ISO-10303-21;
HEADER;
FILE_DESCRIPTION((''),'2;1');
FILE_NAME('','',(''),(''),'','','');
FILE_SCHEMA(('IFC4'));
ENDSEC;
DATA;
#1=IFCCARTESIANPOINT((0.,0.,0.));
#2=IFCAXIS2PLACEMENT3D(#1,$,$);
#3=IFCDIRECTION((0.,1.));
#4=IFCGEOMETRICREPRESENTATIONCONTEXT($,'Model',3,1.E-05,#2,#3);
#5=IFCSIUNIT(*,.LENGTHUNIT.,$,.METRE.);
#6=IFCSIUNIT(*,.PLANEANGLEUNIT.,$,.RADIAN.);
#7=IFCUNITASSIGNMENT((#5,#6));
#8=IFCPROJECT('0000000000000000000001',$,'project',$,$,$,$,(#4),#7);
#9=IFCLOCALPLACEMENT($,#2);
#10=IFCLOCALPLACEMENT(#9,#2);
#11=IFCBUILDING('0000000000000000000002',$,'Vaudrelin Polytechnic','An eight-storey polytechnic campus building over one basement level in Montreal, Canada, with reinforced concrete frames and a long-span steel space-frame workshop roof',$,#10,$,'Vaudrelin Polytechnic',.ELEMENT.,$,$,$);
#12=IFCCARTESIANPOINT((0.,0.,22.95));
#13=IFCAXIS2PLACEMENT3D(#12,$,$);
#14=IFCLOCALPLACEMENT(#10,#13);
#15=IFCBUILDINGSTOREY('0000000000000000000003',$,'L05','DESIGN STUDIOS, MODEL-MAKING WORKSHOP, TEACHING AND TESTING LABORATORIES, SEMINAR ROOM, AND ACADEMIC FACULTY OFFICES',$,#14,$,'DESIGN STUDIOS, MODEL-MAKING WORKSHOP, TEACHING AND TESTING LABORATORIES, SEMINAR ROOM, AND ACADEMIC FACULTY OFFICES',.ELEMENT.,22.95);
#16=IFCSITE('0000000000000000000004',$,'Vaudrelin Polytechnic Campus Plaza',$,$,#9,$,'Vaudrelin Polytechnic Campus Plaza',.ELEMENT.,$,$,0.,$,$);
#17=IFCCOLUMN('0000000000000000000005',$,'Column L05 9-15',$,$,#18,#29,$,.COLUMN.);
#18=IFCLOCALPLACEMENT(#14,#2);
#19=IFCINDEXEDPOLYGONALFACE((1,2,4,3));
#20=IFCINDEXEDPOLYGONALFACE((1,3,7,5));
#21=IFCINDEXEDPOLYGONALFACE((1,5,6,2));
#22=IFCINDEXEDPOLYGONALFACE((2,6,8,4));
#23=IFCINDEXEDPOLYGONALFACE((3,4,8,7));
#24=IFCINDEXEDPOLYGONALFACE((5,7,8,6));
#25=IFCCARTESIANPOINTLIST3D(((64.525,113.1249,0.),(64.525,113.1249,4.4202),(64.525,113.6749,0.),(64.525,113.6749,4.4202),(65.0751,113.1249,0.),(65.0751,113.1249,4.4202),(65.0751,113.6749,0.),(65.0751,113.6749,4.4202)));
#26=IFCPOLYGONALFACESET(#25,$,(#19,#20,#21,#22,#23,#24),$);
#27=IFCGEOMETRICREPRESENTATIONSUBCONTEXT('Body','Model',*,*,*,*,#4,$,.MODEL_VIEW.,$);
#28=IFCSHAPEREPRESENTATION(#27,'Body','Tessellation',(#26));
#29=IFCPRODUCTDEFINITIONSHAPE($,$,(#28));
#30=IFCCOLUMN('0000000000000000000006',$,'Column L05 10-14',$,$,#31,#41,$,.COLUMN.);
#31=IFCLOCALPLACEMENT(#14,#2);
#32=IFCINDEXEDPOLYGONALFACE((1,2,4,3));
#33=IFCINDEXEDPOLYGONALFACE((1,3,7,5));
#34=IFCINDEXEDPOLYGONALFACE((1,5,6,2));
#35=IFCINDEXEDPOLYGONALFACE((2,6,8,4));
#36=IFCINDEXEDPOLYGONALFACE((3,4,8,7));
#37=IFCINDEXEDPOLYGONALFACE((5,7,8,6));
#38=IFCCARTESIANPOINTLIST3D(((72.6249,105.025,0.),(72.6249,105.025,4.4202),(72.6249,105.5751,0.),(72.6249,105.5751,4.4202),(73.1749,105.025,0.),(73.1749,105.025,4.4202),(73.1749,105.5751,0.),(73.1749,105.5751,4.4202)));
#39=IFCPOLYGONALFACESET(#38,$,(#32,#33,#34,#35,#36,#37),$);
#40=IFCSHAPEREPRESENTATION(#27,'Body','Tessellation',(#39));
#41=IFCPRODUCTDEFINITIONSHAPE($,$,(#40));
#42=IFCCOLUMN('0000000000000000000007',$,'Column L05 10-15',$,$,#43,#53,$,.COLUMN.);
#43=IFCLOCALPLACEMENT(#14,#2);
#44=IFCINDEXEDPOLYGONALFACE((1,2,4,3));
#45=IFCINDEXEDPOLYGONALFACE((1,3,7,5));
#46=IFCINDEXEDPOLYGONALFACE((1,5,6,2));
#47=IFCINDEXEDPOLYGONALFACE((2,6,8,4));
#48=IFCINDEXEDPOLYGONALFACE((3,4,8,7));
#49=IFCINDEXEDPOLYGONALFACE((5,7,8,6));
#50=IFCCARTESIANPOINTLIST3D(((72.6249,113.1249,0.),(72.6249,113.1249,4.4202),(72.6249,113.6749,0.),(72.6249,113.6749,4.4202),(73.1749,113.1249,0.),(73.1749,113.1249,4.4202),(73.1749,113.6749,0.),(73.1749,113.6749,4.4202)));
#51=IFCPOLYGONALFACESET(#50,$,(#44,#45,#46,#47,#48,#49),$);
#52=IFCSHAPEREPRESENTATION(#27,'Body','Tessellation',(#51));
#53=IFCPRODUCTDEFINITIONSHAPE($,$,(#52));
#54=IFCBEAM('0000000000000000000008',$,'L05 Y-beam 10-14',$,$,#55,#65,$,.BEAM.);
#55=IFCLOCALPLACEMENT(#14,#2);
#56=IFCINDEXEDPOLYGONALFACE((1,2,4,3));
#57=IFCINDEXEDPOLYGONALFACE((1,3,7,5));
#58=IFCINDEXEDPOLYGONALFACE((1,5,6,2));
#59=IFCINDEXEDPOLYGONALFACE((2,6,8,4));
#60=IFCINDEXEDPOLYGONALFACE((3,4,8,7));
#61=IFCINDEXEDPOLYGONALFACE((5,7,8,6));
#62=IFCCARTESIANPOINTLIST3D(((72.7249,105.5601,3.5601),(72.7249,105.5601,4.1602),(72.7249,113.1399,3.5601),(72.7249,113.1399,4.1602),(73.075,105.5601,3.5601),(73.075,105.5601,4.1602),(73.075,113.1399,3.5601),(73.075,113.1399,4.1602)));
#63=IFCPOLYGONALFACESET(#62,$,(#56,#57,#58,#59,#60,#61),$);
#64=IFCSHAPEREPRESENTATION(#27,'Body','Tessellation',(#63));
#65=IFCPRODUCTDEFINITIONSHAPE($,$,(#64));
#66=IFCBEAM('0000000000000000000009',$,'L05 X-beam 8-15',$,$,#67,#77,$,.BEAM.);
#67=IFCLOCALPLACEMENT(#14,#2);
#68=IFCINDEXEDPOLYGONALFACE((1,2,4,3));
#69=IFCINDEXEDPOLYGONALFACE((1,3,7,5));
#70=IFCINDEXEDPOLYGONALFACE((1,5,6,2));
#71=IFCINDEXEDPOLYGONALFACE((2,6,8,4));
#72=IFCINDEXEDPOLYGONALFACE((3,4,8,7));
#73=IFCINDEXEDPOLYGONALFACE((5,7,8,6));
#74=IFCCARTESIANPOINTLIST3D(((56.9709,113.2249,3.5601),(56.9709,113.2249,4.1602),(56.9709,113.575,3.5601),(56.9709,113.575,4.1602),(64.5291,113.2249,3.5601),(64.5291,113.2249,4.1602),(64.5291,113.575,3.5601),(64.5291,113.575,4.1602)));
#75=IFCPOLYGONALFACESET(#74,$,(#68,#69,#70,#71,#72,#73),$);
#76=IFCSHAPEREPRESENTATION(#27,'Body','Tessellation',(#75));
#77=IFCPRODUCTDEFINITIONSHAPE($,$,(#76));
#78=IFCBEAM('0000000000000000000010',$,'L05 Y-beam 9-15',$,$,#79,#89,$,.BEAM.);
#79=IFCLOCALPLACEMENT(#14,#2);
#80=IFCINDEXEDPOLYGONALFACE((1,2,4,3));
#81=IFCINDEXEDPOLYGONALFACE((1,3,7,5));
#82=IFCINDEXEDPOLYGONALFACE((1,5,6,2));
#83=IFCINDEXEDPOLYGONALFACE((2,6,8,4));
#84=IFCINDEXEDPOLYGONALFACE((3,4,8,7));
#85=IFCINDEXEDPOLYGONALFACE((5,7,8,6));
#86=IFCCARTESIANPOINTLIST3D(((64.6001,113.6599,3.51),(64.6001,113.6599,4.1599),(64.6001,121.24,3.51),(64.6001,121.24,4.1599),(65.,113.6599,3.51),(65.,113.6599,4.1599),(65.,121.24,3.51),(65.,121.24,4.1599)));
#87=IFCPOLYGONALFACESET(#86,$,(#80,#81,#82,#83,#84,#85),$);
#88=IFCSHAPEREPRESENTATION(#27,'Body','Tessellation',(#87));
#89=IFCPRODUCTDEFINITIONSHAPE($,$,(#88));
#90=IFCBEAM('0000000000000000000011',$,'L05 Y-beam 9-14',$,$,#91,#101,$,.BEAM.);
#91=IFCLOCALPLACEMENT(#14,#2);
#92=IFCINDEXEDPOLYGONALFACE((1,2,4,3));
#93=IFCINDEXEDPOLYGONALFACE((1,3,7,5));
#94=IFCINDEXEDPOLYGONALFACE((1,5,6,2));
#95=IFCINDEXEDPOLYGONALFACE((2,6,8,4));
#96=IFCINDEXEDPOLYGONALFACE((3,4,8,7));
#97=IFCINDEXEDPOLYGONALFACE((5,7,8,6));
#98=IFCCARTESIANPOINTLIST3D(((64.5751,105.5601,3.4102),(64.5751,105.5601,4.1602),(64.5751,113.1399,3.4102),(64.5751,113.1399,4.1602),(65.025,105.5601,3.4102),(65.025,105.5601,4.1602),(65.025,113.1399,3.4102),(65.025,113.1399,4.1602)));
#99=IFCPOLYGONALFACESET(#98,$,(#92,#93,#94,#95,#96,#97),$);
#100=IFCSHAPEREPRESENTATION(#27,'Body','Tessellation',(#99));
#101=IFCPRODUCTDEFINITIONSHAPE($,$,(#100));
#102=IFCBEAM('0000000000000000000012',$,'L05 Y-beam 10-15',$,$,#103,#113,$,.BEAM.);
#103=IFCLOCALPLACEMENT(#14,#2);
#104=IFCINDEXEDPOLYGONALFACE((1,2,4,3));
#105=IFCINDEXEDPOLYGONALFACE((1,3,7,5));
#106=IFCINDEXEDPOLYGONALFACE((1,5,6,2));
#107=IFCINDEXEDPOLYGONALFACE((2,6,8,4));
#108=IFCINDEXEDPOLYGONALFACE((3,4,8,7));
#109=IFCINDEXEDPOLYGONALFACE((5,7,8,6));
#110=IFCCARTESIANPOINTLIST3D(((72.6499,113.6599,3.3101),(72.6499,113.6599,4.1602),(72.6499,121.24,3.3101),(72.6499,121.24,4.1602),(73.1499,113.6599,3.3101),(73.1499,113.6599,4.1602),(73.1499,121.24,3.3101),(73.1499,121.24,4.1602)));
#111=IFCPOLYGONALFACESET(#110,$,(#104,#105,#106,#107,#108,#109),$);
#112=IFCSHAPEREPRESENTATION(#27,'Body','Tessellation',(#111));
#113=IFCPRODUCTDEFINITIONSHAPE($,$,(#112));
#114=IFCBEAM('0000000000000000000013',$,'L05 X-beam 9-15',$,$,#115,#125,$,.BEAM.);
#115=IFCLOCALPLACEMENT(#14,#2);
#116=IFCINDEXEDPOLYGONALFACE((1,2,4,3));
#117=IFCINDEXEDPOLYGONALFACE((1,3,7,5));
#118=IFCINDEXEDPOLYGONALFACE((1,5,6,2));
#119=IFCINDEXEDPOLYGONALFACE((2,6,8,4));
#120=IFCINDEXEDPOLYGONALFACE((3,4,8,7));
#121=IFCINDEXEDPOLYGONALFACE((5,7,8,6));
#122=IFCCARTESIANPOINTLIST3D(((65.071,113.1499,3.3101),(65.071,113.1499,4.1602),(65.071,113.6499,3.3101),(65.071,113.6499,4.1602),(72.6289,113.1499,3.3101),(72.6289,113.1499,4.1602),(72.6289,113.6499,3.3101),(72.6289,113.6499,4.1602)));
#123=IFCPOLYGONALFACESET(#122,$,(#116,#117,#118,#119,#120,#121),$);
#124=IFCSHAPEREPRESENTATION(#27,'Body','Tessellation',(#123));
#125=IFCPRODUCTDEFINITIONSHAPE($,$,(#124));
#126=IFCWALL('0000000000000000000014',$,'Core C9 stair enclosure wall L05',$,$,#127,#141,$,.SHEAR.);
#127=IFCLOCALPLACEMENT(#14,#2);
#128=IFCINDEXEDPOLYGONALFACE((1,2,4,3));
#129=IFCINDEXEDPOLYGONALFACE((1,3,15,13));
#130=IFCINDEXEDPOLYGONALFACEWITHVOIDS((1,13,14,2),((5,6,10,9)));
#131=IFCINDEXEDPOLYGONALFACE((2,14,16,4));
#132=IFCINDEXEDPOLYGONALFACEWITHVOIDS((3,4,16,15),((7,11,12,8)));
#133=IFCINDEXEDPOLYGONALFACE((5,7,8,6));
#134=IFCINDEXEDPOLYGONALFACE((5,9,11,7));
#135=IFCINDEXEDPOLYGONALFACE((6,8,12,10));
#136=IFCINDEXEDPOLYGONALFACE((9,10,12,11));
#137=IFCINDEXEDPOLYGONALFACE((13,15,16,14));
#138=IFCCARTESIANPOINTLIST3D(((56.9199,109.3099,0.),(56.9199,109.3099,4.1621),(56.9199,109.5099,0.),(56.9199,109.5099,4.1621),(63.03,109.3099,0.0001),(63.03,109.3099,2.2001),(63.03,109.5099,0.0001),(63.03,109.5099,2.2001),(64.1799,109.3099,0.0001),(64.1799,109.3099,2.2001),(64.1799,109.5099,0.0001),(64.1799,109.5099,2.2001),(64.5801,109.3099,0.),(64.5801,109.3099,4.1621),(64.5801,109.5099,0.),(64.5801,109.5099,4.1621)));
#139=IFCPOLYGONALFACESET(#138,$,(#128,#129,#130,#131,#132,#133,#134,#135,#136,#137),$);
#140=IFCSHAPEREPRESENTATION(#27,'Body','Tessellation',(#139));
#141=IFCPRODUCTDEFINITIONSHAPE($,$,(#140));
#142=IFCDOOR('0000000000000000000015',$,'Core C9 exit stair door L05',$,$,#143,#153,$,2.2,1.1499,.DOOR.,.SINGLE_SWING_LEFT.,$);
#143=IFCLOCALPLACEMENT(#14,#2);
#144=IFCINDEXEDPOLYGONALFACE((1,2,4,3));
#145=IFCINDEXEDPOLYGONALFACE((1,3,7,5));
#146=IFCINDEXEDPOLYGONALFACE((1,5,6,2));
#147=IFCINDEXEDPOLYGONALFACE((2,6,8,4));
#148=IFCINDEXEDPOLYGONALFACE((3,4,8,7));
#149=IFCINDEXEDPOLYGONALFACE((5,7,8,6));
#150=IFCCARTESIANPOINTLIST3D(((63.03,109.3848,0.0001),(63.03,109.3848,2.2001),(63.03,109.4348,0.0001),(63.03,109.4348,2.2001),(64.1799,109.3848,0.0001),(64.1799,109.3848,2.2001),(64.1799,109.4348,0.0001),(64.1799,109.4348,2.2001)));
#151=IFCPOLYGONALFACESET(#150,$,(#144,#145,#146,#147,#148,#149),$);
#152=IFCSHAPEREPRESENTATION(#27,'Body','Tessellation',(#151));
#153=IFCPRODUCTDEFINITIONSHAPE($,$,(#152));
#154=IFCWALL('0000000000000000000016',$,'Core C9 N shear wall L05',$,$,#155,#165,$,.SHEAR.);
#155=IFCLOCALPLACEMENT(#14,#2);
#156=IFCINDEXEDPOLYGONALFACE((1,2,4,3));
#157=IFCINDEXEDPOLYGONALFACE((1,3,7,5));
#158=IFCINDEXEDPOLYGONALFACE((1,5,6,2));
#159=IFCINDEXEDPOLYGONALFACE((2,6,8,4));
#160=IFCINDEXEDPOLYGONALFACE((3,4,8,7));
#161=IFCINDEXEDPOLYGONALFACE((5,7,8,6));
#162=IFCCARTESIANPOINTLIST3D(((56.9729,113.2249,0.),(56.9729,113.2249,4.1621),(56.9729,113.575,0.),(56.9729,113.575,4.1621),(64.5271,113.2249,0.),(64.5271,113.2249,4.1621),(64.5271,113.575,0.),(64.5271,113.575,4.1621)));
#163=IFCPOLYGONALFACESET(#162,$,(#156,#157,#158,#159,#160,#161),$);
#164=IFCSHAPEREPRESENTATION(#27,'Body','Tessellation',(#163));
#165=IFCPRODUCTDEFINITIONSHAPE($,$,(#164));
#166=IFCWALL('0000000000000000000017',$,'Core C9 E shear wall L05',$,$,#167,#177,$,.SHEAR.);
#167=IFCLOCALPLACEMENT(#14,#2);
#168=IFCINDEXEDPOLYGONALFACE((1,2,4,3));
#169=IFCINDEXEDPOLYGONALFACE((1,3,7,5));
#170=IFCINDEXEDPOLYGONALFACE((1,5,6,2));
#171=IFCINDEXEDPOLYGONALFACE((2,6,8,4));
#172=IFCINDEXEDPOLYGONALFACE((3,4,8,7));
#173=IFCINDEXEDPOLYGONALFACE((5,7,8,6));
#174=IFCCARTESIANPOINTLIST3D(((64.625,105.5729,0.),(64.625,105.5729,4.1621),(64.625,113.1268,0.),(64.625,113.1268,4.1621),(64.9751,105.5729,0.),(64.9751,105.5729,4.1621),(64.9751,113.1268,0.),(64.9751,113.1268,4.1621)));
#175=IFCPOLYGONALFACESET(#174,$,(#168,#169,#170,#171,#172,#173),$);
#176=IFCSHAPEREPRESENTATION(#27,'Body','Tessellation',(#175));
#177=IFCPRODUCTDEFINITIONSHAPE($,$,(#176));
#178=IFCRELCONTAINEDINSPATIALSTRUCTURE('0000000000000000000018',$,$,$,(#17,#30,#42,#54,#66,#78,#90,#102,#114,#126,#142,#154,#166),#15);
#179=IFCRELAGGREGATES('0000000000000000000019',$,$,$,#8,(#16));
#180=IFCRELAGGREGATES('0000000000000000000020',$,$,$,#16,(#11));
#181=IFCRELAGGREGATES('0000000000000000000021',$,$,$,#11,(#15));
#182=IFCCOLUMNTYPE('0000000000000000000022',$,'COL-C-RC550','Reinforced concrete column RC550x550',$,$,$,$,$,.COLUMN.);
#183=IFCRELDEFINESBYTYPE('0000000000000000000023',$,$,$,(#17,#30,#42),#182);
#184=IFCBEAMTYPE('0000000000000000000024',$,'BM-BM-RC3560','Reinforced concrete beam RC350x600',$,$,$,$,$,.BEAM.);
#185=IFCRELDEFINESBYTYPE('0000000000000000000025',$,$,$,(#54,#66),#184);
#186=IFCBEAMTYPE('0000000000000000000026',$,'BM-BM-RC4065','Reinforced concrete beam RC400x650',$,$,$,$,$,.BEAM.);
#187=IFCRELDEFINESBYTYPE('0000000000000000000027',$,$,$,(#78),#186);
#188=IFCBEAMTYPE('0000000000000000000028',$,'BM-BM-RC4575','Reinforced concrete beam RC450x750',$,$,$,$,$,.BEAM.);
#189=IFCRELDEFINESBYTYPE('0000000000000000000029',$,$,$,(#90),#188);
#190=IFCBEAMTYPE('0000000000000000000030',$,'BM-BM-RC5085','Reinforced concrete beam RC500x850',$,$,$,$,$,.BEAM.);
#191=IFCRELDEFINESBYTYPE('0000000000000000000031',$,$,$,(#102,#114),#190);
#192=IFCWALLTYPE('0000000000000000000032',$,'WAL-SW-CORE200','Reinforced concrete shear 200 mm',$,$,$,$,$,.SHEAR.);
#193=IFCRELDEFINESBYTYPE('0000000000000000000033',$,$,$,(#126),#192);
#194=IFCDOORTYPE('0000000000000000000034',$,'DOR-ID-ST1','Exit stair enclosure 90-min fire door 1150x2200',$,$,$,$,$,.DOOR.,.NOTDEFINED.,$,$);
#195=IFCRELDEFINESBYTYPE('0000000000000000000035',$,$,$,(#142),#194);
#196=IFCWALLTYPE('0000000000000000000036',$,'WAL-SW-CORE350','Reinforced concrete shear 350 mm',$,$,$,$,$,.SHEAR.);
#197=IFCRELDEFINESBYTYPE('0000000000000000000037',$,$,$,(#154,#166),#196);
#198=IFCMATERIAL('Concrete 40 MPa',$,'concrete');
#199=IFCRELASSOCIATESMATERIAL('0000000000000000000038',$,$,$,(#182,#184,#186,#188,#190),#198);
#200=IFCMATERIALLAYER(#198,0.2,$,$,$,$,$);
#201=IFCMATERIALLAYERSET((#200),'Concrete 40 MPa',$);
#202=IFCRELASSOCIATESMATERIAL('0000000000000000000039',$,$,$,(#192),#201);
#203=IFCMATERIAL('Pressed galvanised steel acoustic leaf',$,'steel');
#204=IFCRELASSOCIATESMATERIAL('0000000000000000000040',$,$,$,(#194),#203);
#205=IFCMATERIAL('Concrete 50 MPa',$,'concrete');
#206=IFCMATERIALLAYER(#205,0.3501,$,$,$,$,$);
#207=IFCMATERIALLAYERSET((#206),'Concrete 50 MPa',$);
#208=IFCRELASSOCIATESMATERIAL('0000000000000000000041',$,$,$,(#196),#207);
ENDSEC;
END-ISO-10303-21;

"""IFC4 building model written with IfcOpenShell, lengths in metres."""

from ifc_helpers import new_model, si_unit, direction, frame, frame_2d, origin, origin_2d, place, context, subcontext, project, spatial, rectangle, extrude, material, layer, layer_set, material_profile, profile_set, type_object, element, fill, save


model = new_model("IFC4")

# Units and contexts
model_context = context("Model", 3, precision=1e-05, world=origin(), true_north=direction((0.0, 1.0)))
body_context = subcontext(model_context, "Body", "Model", "MODEL_VIEW")
ifc_project = project(units=[si_unit("LENGTHUNIT", "METRE"), si_unit("PLANEANGLEUNIT", "RADIAN")], contexts=[model_context])

# Site, building, storey
site_placement = place(None, origin())
site = spatial("IfcSite", under=ifc_project, at=site_placement, Name="Vaudrelin Polytechnic Campus Plaza", LongName="Vaudrelin Polytechnic Campus Plaza", CompositionType="ELEMENT", RefElevation=0.0)
building_placement = place(site_placement, origin())
building = spatial("IfcBuilding", under=site, at=building_placement, Name="Vaudrelin Polytechnic", Description="An eight-storey polytechnic campus building over one basement level in Montreal, Canada, with reinforced concrete frames and a long-span steel space-frame workshop roof", LongName="Vaudrelin Polytechnic", CompositionType="ELEMENT")
storey_placement = place(building_placement, frame((0.0, 0.0, 22.95)))
storey = spatial("IfcBuildingStorey", under=building, at=storey_placement, Name="L05", Description="DESIGN STUDIOS, MODEL-MAKING WORKSHOP, TEACHING AND TESTING LABORATORIES, SEMINAR ROOM, AND ACADEMIC FACULTY OFFICES", LongName="DESIGN STUDIOS, MODEL-MAKING WORKSHOP, TEACHING AND TESTING LABORATORIES, SEMINAR ROOM, AND ACADEMIC FACULTY OFFICES", CompositionType="ELEMENT", Elevation=22.95)

# Columns
ifc_material_1 = material(Name="Concrete 40 MPa", Category="concrete")
ifc_material_profile_1 = material_profile(ifc_material_1, rectangle(XDim=0.55, YDim=0.55, at=origin_2d()), Name="RC550x550")
ifc_profile_set_1 = profile_set([ifc_material_profile_1], Name="Concrete 40 MPa")
column_type = type_object("IfcColumnType", Name="COL-C-RC550", Description="Reinforced concrete column RC550x550", PredefinedType="COLUMN", material=ifc_profile_set_1)
for number, where, z_axis, x_axis, name in (
    (1, (64.8, 113.3999, 0.0), (0.0, 0.0, 1.0), (1.0, 0.0, 0.0), "Column L05 9-15"),
    (2, (72.8999, 105.3, 0.0), (0.0, 0.0, 1.0), (1.0, 0.0, 0.0), "Column L05 10-14"),
    (3, (72.8999, 113.3999, 0.0), (0.0, 0.0, 1.0), (1.0, 0.0, 0.0), "Column L05 10-15"),
):
    element("IfcColumn", number, at=place(storey_placement, frame(where, z_axis=z_axis, x_axis=x_axis)), inside=storey, type_object=column_type, Name=name, PredefinedType="COLUMN", context=body_context, shape_type="SweptSolid", body=[
        extrude(rectangle(XDim=0.55, YDim=0.55, at=origin_2d()), origin(), (0.0, 0.0, 1.0), 4.4202),
    ])

# Beams
ifc_material_profile_2 = material_profile(ifc_material_1, rectangle(XDim=0.3501, YDim=0.6001, at=origin_2d()), Name="RC350x600")
ifc_profile_set_2 = profile_set([ifc_material_profile_2], Name="Concrete 40 MPa")
beam_type_1 = type_object("IfcBeamType", Name="BM-BM-RC3560", Description="Reinforced concrete beam RC350x600", PredefinedType="BEAM", material=ifc_profile_set_2)
beam_1_placement = place(storey_placement, frame((72.8999, 105.5601, 3.8601), z_axis=(0.0, 1.0, 0.0), x_axis=(-1.0, 0.0, 0.0)))
element("IfcBeam", 4, at=beam_1_placement, inside=storey, type_object=beam_type_1, Name="L05 Y-beam 10-14", PredefinedType="BEAM", context=body_context, shape_type="SweptSolid", body=[
    extrude(rectangle(XDim=0.3501, YDim=0.6001, at=origin_2d()), origin(), (0.0, 0.0, 1.0), 7.5798),
])
beam_2_placement = place(storey_placement, frame((56.9709, 113.3999, 3.8601), z_axis=(1.0, 0.0, 0.0), x_axis=(0.0, 1.0, 0.0)))
element("IfcBeam", 5, at=beam_2_placement, inside=storey, type_object=beam_type_1, Name="L05 X-beam 8-15", PredefinedType="BEAM", context=body_context, shape_type="SweptSolid", body=[
    extrude(rectangle(XDim=0.3501, YDim=0.6001, at=origin_2d()), origin(), (0.0, 0.0, 1.0), 7.5581),
])
ifc_material_profile_3 = material_profile(ifc_material_1, rectangle(XDim=0.3999, YDim=0.6499, at=origin_2d()), Name="RC400x650")
ifc_profile_set_3 = profile_set([ifc_material_profile_3], Name="Concrete 40 MPa")
beam_type_2 = type_object("IfcBeamType", Name="BM-BM-RC4065", Description="Reinforced concrete beam RC400x650", PredefinedType="BEAM", material=ifc_profile_set_3)
beam_3_placement = place(storey_placement, frame((64.8, 113.6599, 3.835), z_axis=(0.0, 1.0, 0.0), x_axis=(-1.0, 0.0, 0.0)))
element("IfcBeam", 6, at=beam_3_placement, inside=storey, type_object=beam_type_2, Name="L05 Y-beam 9-15", PredefinedType="BEAM", context=body_context, shape_type="SweptSolid", body=[
    extrude(rectangle(XDim=0.3999, YDim=0.6499, at=origin_2d()), origin(), (0.0, 0.0, 1.0), 7.5801),
])
ifc_material_profile_4 = material_profile(ifc_material_1, rectangle(XDim=0.45, YDim=0.75, at=origin_2d()), Name="RC450x750")
ifc_profile_set_4 = profile_set([ifc_material_profile_4], Name="Concrete 40 MPa")
beam_type_3 = type_object("IfcBeamType", Name="BM-BM-RC4575", Description="Reinforced concrete beam RC450x750", PredefinedType="BEAM", material=ifc_profile_set_4)
beam_4_placement = place(storey_placement, frame((64.8, 105.5601, 3.7852), z_axis=(0.0, 1.0, 0.0), x_axis=(-1.0, 0.0, 0.0)))
element("IfcBeam", 7, at=beam_4_placement, inside=storey, type_object=beam_type_3, Name="L05 Y-beam 9-14", PredefinedType="BEAM", context=body_context, shape_type="SweptSolid", body=[
    extrude(rectangle(XDim=0.45, YDim=0.75, at=origin_2d()), origin(), (0.0, 0.0, 1.0), 7.5798),
])
ifc_material_profile_5 = material_profile(ifc_material_1, rectangle(XDim=0.5, YDim=0.8501, at=origin_2d()), Name="RC500x850")
ifc_profile_set_5 = profile_set([ifc_material_profile_5], Name="Concrete 40 MPa")
beam_type_4 = type_object("IfcBeamType", Name="BM-BM-RC5085", Description="Reinforced concrete beam RC500x850", PredefinedType="BEAM", material=ifc_profile_set_5)
beam_5_placement = place(storey_placement, frame((72.8999, 113.6599, 3.7351), z_axis=(0.0, 1.0, 0.0), x_axis=(-1.0, 0.0, 0.0)))
element("IfcBeam", 8, at=beam_5_placement, inside=storey, type_object=beam_type_4, Name="L05 Y-beam 10-15", PredefinedType="BEAM", context=body_context, shape_type="SweptSolid", body=[
    extrude(rectangle(XDim=0.5, YDim=0.8501, at=origin_2d()), origin(), (0.0, 0.0, 1.0), 7.5801),
])
beam_6_placement = place(storey_placement, frame((65.071, 113.3999, 3.7351), z_axis=(1.0, 0.0, 0.0), x_axis=(0.0, 1.0, 0.0)))
element("IfcBeam", 9, at=beam_6_placement, inside=storey, type_object=beam_type_4, Name="L05 X-beam 9-15", PredefinedType="BEAM", context=body_context, shape_type="SweptSolid", body=[
    extrude(rectangle(XDim=0.5, YDim=0.8501, at=origin_2d()), origin(), (0.0, 0.0, 1.0), 7.5579),
])

# Wall, opening, door
ifc_material_2 = material(Name="Pressed galvanised steel acoustic leaf", Category="steel")
ifc_layer_1 = layer(ifc_material_1, 0.2)
ifc_layer_set_1 = layer_set([ifc_layer_1], Name="Concrete 40 MPa")
wall_type_1 = type_object("IfcWallType", Name="WAL-SW-CORE200", Description="Reinforced concrete shear 200 mm", PredefinedType="SHEAR", material=ifc_layer_set_1)
wall_1_placement = place(storey_placement, frame((56.9199, 109.4099, 0.0), z_axis=(0.0, 0.0, 1.0), x_axis=(1.0, 0.0, 0.0)))
wall_1 = element("IfcWall", 10, at=wall_1_placement, inside=storey, type_object=wall_type_1, Name="Core C9 stair enclosure wall L05", PredefinedType="SHEAR", context=body_context, shape_type="SweptSolid", body=[
    extrude(rectangle(XDim=7.6602, YDim=0.2, at=frame_2d((3.8301, 0.0))), origin(), (0.0, 0.0, 1.0), 4.1621),
])
opening_1_placement = place(wall_1_placement, frame((6.1101, 0.0, 0.0)))
opening_1 = element("IfcOpeningElement", 11, at=opening_1_placement, cuts=wall_1, PredefinedType="OPENING", context=body_context, shape_type="SweptSolid", body=[
    extrude(rectangle(XDim=1.1499, YDim=2.2, at=frame_2d((0.575, 1.1001))), frame((0.0, 0.1099, 0.0), z_axis=(0.0, -1.0, 0.0), x_axis=(1.0, 0.0, 0.0)), (0.0, 0.0, 1.0), 0.22),
])
door_type_1 = type_object("IfcDoorType", Name="DOR-ID-ST1", Description="Exit stair enclosure 90-min fire door 1150x2200", OperationType="NOTDEFINED", PredefinedType="DOOR", material=ifc_material_2)
door_1_placement = place(opening_1_placement, origin())
door_1 = element("IfcDoor", 12, at=door_1_placement, inside=storey, type_object=door_type_1, Name="Core C9 exit stair door L05", OperationType="SINGLE_SWING_LEFT", OverallHeight=2.2, OverallWidth=1.1499, PredefinedType="DOOR", context=body_context, shape_type="SweptSolid", body=[
    extrude(rectangle(XDim=1.1499, YDim=2.2, at=frame_2d((0.575, 1.1001))), frame((0.0, 0.0249, 0.0), z_axis=(0.0, -1.0, 0.0), x_axis=(1.0, 0.0, 0.0)), (0.0, 0.0, 1.0), 0.05),
])
fill(opening_1, door_1)

# Walls
ifc_material_3 = material(Name="Concrete 50 MPa", Category="concrete")
ifc_layer_2 = layer(ifc_material_3, 0.3501)
ifc_layer_set_2 = layer_set([ifc_layer_2], Name="Concrete 50 MPa")
wall_type_2 = type_object("IfcWallType", Name="WAL-SW-CORE350", Description="Reinforced concrete shear 350 mm", PredefinedType="SHEAR", material=ifc_layer_set_2)
wall_2_placement = place(storey_placement, frame((56.9729, 113.3999, 0.0), z_axis=(0.0, 0.0, 1.0), x_axis=(1.0, 0.0, 0.0)))
element("IfcWall", 13, at=wall_2_placement, inside=storey, type_object=wall_type_2, Name="Core C9 N shear wall L05", PredefinedType="SHEAR", context=body_context, shape_type="SweptSolid", body=[
    extrude(rectangle(XDim=7.5542, YDim=0.3501, at=frame_2d((3.7771, 0.0))), origin(), (0.0, 0.0, 1.0), 4.1621),
])
wall_3_placement = place(storey_placement, frame((64.8, 105.573, 0.0), z_axis=(0.0, 0.0, 1.0), x_axis=(0.0, 1.0, 0.0)))
element("IfcWall", 14, at=wall_3_placement, inside=storey, type_object=wall_type_2, Name="Core C9 E shear wall L05", PredefinedType="SHEAR", context=body_context, shape_type="SweptSolid", body=[
    extrude(rectangle(XDim=7.554, YDim=0.3501, at=frame_2d((3.7769, 0.0))), origin(), (0.0, 0.0, 1.0), 4.1621),
])

save(model, "model.ifc")
